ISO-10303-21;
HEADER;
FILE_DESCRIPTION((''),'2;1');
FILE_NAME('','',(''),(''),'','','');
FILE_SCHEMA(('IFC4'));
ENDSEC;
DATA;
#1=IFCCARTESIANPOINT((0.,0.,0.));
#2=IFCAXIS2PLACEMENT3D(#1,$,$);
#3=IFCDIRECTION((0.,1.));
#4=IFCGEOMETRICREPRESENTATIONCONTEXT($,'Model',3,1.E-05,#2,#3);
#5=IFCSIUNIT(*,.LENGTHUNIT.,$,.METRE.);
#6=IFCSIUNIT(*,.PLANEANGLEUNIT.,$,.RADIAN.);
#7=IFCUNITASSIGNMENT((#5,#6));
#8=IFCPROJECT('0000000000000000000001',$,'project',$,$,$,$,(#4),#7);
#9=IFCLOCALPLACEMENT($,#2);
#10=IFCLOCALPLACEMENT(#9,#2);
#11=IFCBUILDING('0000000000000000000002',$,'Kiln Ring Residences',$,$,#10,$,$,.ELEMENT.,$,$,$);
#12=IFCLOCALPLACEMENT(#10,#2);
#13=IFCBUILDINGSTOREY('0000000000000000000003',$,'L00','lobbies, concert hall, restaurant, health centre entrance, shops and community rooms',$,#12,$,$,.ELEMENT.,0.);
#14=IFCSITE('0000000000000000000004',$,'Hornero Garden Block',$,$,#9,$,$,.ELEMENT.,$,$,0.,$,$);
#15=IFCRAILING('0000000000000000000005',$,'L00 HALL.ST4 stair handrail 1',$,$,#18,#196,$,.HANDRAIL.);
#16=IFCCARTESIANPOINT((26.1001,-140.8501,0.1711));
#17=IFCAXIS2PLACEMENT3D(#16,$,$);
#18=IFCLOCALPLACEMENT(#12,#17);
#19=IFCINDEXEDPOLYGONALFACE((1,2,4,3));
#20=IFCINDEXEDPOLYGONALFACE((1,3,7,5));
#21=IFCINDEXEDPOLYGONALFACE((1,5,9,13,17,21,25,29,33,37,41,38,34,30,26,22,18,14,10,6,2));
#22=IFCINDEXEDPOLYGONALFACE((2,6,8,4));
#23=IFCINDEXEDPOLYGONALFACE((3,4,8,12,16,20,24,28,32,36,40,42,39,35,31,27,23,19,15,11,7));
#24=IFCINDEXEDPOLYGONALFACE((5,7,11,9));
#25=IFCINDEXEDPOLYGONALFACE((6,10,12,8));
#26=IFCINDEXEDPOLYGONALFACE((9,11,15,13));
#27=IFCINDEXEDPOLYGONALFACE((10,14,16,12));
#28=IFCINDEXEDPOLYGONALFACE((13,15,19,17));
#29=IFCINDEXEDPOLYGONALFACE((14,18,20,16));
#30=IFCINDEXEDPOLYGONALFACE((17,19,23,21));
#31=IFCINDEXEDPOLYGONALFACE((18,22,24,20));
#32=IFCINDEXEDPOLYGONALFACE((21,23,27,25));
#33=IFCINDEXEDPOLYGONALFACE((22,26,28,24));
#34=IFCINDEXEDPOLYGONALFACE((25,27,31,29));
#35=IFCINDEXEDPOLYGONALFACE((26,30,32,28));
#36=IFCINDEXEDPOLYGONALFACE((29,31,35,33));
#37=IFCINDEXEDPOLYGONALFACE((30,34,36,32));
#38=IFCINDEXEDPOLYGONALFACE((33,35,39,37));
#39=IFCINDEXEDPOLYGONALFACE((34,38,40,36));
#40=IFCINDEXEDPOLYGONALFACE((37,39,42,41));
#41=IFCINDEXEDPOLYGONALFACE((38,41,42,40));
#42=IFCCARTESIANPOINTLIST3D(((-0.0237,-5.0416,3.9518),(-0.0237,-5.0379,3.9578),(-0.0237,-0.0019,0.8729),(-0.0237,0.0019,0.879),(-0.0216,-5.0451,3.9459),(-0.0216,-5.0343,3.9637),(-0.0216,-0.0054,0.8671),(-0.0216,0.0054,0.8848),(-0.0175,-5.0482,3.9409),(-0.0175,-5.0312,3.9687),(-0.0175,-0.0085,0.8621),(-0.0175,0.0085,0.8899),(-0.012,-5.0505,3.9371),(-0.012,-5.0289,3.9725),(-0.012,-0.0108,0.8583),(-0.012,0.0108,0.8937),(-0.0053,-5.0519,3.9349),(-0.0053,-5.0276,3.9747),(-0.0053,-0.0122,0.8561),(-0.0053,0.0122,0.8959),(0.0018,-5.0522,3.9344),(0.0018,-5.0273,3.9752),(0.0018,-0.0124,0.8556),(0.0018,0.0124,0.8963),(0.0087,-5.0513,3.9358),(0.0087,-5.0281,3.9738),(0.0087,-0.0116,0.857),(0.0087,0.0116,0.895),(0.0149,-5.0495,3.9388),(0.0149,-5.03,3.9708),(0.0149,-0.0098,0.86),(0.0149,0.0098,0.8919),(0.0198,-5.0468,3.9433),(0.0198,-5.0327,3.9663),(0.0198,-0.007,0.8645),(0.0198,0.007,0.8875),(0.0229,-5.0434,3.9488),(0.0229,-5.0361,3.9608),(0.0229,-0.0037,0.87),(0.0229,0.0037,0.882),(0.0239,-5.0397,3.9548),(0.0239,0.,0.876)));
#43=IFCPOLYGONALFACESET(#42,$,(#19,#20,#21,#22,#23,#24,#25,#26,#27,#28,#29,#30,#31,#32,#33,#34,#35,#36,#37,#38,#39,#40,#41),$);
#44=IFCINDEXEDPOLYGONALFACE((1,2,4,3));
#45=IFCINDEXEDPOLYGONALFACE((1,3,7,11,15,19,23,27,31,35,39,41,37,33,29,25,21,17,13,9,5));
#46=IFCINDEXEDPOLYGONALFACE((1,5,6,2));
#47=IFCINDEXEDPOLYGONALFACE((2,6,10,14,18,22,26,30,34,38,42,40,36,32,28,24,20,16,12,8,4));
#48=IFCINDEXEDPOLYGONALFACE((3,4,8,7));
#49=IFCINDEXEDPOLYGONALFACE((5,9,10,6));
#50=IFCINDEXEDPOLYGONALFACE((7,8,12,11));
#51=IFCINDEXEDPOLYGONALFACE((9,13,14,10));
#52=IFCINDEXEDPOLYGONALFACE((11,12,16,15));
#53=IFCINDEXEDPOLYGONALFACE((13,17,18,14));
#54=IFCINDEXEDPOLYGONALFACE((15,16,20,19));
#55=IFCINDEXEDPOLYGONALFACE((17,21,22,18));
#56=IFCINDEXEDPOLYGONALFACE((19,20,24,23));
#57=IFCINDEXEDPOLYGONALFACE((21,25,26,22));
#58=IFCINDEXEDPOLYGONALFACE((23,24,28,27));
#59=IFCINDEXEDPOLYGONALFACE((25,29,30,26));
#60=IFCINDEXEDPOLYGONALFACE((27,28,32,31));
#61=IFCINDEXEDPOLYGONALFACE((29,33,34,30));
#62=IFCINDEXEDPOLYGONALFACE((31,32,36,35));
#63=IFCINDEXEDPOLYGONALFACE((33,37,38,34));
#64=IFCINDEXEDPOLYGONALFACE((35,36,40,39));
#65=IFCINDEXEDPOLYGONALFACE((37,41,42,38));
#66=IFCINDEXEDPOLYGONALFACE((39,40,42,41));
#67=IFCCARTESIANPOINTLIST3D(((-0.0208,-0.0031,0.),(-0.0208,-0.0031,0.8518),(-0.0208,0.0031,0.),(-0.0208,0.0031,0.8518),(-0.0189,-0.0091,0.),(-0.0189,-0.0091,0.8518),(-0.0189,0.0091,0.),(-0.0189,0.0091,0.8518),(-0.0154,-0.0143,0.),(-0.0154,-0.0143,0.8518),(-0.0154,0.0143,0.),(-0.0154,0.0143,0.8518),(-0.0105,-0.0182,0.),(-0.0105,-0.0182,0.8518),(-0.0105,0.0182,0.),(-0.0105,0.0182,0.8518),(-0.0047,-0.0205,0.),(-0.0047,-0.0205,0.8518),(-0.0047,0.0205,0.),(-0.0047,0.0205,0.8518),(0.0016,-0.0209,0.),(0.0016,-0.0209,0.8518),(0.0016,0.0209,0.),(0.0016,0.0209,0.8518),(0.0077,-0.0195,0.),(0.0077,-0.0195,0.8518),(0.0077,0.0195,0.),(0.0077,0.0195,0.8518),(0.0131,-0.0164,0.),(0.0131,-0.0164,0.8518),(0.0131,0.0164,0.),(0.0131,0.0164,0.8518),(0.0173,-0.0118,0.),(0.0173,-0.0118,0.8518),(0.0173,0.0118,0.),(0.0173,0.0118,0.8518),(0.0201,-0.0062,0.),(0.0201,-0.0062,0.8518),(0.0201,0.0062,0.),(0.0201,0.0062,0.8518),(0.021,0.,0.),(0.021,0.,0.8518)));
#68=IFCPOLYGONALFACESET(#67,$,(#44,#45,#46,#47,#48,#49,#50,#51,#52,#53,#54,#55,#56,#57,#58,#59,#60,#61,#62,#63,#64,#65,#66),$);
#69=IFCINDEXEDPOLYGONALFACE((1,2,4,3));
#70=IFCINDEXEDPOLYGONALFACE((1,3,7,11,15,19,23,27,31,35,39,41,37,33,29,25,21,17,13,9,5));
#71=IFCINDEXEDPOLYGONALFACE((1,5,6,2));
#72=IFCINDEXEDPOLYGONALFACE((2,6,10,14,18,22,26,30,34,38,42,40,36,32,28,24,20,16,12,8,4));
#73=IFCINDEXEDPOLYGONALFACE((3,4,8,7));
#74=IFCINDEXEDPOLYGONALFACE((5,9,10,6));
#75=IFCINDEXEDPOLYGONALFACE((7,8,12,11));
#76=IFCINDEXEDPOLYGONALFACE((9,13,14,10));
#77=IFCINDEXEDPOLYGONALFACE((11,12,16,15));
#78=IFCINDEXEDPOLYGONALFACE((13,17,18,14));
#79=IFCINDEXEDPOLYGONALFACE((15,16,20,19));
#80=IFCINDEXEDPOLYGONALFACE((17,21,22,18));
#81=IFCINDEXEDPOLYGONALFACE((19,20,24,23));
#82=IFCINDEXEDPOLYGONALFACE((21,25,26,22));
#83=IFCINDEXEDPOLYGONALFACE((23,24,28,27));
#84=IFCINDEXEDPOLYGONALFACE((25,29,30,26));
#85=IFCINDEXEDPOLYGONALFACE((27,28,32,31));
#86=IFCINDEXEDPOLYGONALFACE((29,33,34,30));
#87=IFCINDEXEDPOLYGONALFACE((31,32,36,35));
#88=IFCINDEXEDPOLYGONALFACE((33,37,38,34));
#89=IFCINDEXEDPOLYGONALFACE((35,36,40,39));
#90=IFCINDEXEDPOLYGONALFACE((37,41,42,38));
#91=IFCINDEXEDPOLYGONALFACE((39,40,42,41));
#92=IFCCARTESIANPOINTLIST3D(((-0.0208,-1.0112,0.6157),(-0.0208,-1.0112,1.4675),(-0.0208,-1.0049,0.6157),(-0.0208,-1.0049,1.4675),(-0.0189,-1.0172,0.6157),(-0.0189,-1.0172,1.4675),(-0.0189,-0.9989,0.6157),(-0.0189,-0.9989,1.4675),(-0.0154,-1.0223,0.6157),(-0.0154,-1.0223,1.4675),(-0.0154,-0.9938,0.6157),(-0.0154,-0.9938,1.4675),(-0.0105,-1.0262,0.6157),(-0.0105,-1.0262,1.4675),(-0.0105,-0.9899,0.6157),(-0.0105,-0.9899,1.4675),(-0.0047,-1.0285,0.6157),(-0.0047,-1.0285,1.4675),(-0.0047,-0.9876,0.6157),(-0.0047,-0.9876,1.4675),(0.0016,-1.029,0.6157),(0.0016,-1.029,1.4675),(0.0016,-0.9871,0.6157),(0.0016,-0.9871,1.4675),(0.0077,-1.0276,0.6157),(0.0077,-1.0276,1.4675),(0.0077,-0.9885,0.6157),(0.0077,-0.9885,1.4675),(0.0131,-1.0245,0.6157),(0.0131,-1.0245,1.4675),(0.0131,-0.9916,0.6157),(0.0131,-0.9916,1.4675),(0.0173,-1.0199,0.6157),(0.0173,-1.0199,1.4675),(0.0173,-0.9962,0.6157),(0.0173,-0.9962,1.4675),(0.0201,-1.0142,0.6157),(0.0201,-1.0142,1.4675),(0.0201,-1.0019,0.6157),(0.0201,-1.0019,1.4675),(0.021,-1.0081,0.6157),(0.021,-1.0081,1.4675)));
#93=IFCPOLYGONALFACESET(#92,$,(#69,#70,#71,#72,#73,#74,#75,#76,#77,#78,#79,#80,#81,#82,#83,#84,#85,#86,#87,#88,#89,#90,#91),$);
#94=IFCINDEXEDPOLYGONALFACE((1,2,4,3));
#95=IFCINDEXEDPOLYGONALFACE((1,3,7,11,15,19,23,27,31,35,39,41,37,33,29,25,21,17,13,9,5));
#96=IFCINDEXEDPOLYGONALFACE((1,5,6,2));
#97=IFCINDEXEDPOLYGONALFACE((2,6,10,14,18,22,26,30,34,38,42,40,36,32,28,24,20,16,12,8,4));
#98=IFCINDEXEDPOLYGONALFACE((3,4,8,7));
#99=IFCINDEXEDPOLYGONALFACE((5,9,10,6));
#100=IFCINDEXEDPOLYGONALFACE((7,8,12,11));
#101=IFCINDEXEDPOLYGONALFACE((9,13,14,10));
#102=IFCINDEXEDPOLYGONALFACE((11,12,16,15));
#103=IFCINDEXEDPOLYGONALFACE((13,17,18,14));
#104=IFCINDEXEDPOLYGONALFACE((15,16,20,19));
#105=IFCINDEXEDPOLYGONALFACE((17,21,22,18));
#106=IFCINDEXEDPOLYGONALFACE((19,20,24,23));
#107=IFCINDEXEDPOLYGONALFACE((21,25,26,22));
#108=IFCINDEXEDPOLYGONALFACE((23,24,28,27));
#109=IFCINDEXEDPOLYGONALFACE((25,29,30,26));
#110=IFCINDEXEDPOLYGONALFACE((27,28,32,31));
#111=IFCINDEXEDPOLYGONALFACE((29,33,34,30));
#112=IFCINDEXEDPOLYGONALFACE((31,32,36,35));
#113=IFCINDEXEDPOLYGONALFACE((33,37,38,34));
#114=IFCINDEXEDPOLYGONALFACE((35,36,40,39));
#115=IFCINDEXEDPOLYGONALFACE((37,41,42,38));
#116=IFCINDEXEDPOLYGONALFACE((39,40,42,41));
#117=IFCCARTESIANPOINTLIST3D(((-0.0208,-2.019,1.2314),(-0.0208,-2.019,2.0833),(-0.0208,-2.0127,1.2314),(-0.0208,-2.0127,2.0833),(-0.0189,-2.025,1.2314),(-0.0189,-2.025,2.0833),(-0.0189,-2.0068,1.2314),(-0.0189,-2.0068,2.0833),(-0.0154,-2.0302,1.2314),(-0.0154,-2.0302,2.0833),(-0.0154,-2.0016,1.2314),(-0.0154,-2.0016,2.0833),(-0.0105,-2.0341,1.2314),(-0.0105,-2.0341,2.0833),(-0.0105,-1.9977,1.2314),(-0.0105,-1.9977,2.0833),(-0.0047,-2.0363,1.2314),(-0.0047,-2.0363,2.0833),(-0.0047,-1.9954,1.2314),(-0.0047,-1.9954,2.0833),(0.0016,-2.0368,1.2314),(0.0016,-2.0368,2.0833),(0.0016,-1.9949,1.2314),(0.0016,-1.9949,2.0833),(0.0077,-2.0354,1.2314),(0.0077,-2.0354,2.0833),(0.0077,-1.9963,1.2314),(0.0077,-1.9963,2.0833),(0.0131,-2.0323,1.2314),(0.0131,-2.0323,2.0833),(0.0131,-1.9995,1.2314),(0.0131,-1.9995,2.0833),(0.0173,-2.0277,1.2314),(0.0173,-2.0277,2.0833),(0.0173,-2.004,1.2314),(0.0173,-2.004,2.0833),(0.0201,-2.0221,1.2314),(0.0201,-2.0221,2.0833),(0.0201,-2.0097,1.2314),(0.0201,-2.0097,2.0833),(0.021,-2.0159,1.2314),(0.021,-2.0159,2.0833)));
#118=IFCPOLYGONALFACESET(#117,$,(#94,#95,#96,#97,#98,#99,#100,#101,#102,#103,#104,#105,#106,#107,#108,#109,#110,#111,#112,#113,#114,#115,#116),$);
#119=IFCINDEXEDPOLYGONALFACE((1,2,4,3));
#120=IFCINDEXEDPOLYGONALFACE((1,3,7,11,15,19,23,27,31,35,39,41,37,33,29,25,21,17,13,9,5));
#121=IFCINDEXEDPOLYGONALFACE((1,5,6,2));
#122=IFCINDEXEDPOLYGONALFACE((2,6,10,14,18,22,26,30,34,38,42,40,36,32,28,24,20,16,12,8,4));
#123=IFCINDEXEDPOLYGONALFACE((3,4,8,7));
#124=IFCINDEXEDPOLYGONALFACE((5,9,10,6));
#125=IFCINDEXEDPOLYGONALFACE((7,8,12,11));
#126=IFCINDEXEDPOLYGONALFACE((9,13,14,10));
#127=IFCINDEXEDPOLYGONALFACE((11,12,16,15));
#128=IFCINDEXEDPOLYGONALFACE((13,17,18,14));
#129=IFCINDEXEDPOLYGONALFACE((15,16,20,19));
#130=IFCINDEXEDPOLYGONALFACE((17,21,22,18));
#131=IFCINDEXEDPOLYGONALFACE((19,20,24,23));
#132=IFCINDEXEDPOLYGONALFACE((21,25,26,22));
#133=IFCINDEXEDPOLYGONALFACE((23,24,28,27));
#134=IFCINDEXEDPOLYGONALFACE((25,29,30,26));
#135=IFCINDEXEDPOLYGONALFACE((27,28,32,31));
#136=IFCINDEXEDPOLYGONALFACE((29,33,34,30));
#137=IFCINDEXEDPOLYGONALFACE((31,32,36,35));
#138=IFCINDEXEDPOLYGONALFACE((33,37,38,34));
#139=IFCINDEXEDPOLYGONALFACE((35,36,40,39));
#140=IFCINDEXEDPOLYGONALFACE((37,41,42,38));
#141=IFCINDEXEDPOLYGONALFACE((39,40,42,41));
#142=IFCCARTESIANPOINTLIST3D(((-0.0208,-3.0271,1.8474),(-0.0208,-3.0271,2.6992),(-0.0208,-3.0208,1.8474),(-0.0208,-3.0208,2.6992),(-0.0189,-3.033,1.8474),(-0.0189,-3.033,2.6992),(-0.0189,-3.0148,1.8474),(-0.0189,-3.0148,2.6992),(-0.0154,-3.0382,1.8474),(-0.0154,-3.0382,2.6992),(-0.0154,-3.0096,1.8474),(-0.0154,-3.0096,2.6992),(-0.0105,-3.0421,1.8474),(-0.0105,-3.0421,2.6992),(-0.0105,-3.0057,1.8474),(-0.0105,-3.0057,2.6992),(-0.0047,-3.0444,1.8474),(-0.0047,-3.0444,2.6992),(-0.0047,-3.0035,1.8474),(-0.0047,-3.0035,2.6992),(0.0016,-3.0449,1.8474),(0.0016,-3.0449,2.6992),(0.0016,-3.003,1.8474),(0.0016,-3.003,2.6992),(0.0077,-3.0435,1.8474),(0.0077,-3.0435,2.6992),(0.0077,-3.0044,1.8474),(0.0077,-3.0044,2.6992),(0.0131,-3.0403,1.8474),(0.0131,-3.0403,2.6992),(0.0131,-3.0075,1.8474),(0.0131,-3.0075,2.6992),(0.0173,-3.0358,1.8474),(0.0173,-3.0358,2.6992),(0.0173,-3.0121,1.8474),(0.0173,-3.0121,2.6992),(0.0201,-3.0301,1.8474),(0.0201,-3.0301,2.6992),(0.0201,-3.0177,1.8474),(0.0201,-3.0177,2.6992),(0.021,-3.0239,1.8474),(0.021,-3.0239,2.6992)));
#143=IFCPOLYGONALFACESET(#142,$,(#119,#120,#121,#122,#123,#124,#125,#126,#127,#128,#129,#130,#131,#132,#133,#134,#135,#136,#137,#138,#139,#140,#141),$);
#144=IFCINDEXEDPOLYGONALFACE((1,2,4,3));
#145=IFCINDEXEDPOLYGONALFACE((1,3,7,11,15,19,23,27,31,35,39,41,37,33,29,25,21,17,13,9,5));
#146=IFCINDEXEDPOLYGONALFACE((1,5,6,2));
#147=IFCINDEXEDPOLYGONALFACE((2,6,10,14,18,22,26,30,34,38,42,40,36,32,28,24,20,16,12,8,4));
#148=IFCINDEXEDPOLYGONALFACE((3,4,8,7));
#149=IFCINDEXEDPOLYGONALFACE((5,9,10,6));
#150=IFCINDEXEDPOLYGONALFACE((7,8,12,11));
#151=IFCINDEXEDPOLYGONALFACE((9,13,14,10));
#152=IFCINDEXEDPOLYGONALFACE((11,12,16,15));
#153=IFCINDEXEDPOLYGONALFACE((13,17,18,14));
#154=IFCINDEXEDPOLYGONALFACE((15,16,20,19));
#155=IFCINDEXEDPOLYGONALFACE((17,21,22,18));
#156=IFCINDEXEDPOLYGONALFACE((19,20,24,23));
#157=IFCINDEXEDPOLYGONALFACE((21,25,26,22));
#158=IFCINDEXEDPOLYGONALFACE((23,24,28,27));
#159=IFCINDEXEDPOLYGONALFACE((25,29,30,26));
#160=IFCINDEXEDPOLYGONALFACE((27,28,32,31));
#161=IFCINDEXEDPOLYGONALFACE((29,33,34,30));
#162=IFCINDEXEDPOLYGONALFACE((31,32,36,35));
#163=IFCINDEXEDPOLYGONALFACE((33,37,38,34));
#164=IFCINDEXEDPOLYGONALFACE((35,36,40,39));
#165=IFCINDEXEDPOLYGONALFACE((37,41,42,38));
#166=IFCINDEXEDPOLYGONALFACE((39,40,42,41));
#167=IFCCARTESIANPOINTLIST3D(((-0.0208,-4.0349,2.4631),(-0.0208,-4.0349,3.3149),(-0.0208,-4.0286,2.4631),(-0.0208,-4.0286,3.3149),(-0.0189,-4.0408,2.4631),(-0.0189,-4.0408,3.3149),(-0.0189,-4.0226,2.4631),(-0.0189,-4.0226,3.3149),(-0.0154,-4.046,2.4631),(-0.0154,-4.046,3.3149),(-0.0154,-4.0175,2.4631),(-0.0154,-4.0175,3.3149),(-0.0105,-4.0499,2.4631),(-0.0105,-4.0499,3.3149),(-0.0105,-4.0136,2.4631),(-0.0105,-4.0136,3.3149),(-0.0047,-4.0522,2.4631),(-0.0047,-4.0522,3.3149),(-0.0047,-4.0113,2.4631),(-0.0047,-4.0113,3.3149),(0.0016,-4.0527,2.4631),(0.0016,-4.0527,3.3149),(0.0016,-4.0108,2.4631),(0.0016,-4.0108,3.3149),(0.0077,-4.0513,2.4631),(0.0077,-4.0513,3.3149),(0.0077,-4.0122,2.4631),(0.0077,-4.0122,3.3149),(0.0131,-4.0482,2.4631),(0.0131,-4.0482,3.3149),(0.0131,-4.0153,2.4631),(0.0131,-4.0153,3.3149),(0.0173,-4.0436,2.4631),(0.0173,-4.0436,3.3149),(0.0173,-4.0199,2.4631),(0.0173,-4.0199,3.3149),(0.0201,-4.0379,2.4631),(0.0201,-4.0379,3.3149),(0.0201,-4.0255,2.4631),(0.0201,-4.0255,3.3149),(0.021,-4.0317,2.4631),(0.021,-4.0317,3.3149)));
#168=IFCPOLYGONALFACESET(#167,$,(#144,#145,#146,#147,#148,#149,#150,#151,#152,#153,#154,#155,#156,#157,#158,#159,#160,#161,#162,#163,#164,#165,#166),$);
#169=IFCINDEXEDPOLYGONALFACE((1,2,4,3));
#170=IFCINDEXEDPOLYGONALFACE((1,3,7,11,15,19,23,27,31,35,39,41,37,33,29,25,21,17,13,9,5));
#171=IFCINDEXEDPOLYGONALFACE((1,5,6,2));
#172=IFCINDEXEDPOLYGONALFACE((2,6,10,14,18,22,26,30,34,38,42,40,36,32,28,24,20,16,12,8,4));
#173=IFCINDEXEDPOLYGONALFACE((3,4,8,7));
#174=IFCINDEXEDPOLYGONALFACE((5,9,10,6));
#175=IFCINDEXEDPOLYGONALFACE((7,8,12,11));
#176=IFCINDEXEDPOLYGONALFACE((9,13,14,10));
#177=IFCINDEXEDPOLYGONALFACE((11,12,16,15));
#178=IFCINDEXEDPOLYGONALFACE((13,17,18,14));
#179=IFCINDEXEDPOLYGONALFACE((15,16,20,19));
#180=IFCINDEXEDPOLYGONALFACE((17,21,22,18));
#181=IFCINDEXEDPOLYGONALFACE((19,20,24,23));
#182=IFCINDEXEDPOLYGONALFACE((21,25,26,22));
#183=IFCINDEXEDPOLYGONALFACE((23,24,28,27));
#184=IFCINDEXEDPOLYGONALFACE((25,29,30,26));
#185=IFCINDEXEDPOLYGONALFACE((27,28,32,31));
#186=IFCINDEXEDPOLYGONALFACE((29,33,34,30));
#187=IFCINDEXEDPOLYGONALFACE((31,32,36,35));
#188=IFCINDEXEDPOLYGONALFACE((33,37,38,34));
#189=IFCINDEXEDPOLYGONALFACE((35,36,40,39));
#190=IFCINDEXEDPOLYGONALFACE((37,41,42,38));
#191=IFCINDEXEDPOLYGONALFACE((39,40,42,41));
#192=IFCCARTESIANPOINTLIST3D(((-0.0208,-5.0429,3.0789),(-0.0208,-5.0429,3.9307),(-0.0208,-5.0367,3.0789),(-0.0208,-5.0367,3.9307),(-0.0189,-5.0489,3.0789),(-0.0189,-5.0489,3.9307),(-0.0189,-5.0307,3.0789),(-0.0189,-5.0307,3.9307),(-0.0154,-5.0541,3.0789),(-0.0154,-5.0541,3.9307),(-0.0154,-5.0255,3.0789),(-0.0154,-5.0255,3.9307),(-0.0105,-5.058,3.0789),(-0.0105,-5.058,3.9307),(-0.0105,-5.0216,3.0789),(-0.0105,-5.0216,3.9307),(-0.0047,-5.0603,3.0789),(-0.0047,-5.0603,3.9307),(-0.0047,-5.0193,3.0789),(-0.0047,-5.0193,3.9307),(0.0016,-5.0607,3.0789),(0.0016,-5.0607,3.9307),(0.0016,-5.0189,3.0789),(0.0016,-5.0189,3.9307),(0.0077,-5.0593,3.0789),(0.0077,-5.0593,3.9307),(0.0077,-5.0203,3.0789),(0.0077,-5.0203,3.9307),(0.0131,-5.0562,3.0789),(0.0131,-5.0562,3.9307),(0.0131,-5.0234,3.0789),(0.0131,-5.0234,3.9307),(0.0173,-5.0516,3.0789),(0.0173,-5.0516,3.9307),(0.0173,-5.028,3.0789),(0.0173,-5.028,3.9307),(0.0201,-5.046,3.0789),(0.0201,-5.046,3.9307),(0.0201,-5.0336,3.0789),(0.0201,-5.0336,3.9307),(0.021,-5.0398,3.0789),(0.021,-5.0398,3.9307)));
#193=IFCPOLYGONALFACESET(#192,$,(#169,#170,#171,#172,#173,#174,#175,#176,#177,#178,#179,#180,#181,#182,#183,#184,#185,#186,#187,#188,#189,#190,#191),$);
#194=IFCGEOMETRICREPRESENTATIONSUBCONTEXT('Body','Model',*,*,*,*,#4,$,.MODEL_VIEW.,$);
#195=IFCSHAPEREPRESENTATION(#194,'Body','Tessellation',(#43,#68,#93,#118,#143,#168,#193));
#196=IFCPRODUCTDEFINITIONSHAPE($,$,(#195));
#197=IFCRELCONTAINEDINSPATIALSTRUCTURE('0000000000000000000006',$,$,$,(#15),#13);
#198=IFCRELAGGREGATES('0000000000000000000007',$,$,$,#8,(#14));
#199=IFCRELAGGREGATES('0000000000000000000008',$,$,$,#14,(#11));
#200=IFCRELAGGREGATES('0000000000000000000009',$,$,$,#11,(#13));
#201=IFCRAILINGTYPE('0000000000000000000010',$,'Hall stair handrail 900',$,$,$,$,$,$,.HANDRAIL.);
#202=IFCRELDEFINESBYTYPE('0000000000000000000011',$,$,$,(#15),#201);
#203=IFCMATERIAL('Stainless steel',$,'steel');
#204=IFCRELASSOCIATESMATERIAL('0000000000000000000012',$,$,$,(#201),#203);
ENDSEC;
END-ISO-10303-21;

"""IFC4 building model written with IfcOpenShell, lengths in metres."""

from ifc_helpers import new_model, si_unit, direction, frame, origin, origin_2d, place, context, subcontext, project, spatial, circle, extrude, material, type_object, element, save


model = new_model("IFC4")

# Units and contexts
model_context = context("Model", 3, precision=1e-05, world=origin(), true_north=direction((0.0, 1.0)))
body_context = subcontext(model_context, "Body", "Model", "MODEL_VIEW")
ifc_project = project(units=[si_unit("LENGTHUNIT", "METRE"), si_unit("PLANEANGLEUNIT", "RADIAN")], contexts=[model_context])

# Site, building, storey
site_placement = place(None, origin())
site = spatial("IfcSite", under=ifc_project, at=site_placement, Name="Hornero Garden Block", CompositionType="ELEMENT", RefElevation=0.0)
building_placement = place(site_placement, origin())
building = spatial("IfcBuilding", under=site, at=building_placement, Name="Kiln Ring Residences", CompositionType="ELEMENT")
storey_placement = place(building_placement, origin())
storey = spatial("IfcBuildingStorey", under=building, at=storey_placement, Name="L00", Description="lobbies, concert hall, restaurant, health centre entrance, shops and community rooms", CompositionType="ELEMENT", Elevation=0.0)

# Railing
ifc_material_1 = material(Name="Stainless steel", Category="steel")
railing_type_1 = type_object("IfcRailingType", Name="Hall stair handrail 900", PredefinedType="HANDRAIL", material=ifc_material_1)
railing_1_placement = place(storey_placement, frame((26.1001, -140.8501, 0.1711)))
element("IfcRailing", 1, at=railing_1_placement, inside=storey, type_object=railing_type_1, Name="L00 HALL.ST4 stair handrail 1", PredefinedType="HANDRAIL", context=body_context, shape_type="SweptSolid", body=[
    extrude(circle(Radius=0.0239, at=origin_2d()), frame((0.0, 0.0, 0.876), z_axis=(0.0, -0.853358, 0.521325), x_axis=(1.0, 0.0, 0.0)), (0.0, 0.0, 1.0), 5.9058),
    extrude(circle(Radius=0.021, at=origin_2d()), origin(), (0.0, 0.0, 1.0), 0.8518),
    extrude(circle(Radius=0.021, at=origin_2d()), frame((0.0, -1.0081, 0.6157)), (0.0, 0.0, 1.0), 0.8518),
    extrude(circle(Radius=0.021, at=origin_2d()), frame((0.0, -2.0159, 1.2314)), (0.0, 0.0, 1.0), 0.8518),
    extrude(circle(Radius=0.021, at=origin_2d()), frame((0.0, -3.0239, 1.8474)), (0.0, 0.0, 1.0), 0.8518),
    extrude(circle(Radius=0.021, at=origin_2d()), frame((0.0, -4.0317, 2.4631)), (0.0, 0.0, 1.0), 0.8518),
    extrude(circle(Radius=0.021, at=origin_2d()), frame((0.0, -5.0398, 3.0789)), (0.0, 0.0, 1.0), 0.8518),
])

save(model, "model.ifc")
